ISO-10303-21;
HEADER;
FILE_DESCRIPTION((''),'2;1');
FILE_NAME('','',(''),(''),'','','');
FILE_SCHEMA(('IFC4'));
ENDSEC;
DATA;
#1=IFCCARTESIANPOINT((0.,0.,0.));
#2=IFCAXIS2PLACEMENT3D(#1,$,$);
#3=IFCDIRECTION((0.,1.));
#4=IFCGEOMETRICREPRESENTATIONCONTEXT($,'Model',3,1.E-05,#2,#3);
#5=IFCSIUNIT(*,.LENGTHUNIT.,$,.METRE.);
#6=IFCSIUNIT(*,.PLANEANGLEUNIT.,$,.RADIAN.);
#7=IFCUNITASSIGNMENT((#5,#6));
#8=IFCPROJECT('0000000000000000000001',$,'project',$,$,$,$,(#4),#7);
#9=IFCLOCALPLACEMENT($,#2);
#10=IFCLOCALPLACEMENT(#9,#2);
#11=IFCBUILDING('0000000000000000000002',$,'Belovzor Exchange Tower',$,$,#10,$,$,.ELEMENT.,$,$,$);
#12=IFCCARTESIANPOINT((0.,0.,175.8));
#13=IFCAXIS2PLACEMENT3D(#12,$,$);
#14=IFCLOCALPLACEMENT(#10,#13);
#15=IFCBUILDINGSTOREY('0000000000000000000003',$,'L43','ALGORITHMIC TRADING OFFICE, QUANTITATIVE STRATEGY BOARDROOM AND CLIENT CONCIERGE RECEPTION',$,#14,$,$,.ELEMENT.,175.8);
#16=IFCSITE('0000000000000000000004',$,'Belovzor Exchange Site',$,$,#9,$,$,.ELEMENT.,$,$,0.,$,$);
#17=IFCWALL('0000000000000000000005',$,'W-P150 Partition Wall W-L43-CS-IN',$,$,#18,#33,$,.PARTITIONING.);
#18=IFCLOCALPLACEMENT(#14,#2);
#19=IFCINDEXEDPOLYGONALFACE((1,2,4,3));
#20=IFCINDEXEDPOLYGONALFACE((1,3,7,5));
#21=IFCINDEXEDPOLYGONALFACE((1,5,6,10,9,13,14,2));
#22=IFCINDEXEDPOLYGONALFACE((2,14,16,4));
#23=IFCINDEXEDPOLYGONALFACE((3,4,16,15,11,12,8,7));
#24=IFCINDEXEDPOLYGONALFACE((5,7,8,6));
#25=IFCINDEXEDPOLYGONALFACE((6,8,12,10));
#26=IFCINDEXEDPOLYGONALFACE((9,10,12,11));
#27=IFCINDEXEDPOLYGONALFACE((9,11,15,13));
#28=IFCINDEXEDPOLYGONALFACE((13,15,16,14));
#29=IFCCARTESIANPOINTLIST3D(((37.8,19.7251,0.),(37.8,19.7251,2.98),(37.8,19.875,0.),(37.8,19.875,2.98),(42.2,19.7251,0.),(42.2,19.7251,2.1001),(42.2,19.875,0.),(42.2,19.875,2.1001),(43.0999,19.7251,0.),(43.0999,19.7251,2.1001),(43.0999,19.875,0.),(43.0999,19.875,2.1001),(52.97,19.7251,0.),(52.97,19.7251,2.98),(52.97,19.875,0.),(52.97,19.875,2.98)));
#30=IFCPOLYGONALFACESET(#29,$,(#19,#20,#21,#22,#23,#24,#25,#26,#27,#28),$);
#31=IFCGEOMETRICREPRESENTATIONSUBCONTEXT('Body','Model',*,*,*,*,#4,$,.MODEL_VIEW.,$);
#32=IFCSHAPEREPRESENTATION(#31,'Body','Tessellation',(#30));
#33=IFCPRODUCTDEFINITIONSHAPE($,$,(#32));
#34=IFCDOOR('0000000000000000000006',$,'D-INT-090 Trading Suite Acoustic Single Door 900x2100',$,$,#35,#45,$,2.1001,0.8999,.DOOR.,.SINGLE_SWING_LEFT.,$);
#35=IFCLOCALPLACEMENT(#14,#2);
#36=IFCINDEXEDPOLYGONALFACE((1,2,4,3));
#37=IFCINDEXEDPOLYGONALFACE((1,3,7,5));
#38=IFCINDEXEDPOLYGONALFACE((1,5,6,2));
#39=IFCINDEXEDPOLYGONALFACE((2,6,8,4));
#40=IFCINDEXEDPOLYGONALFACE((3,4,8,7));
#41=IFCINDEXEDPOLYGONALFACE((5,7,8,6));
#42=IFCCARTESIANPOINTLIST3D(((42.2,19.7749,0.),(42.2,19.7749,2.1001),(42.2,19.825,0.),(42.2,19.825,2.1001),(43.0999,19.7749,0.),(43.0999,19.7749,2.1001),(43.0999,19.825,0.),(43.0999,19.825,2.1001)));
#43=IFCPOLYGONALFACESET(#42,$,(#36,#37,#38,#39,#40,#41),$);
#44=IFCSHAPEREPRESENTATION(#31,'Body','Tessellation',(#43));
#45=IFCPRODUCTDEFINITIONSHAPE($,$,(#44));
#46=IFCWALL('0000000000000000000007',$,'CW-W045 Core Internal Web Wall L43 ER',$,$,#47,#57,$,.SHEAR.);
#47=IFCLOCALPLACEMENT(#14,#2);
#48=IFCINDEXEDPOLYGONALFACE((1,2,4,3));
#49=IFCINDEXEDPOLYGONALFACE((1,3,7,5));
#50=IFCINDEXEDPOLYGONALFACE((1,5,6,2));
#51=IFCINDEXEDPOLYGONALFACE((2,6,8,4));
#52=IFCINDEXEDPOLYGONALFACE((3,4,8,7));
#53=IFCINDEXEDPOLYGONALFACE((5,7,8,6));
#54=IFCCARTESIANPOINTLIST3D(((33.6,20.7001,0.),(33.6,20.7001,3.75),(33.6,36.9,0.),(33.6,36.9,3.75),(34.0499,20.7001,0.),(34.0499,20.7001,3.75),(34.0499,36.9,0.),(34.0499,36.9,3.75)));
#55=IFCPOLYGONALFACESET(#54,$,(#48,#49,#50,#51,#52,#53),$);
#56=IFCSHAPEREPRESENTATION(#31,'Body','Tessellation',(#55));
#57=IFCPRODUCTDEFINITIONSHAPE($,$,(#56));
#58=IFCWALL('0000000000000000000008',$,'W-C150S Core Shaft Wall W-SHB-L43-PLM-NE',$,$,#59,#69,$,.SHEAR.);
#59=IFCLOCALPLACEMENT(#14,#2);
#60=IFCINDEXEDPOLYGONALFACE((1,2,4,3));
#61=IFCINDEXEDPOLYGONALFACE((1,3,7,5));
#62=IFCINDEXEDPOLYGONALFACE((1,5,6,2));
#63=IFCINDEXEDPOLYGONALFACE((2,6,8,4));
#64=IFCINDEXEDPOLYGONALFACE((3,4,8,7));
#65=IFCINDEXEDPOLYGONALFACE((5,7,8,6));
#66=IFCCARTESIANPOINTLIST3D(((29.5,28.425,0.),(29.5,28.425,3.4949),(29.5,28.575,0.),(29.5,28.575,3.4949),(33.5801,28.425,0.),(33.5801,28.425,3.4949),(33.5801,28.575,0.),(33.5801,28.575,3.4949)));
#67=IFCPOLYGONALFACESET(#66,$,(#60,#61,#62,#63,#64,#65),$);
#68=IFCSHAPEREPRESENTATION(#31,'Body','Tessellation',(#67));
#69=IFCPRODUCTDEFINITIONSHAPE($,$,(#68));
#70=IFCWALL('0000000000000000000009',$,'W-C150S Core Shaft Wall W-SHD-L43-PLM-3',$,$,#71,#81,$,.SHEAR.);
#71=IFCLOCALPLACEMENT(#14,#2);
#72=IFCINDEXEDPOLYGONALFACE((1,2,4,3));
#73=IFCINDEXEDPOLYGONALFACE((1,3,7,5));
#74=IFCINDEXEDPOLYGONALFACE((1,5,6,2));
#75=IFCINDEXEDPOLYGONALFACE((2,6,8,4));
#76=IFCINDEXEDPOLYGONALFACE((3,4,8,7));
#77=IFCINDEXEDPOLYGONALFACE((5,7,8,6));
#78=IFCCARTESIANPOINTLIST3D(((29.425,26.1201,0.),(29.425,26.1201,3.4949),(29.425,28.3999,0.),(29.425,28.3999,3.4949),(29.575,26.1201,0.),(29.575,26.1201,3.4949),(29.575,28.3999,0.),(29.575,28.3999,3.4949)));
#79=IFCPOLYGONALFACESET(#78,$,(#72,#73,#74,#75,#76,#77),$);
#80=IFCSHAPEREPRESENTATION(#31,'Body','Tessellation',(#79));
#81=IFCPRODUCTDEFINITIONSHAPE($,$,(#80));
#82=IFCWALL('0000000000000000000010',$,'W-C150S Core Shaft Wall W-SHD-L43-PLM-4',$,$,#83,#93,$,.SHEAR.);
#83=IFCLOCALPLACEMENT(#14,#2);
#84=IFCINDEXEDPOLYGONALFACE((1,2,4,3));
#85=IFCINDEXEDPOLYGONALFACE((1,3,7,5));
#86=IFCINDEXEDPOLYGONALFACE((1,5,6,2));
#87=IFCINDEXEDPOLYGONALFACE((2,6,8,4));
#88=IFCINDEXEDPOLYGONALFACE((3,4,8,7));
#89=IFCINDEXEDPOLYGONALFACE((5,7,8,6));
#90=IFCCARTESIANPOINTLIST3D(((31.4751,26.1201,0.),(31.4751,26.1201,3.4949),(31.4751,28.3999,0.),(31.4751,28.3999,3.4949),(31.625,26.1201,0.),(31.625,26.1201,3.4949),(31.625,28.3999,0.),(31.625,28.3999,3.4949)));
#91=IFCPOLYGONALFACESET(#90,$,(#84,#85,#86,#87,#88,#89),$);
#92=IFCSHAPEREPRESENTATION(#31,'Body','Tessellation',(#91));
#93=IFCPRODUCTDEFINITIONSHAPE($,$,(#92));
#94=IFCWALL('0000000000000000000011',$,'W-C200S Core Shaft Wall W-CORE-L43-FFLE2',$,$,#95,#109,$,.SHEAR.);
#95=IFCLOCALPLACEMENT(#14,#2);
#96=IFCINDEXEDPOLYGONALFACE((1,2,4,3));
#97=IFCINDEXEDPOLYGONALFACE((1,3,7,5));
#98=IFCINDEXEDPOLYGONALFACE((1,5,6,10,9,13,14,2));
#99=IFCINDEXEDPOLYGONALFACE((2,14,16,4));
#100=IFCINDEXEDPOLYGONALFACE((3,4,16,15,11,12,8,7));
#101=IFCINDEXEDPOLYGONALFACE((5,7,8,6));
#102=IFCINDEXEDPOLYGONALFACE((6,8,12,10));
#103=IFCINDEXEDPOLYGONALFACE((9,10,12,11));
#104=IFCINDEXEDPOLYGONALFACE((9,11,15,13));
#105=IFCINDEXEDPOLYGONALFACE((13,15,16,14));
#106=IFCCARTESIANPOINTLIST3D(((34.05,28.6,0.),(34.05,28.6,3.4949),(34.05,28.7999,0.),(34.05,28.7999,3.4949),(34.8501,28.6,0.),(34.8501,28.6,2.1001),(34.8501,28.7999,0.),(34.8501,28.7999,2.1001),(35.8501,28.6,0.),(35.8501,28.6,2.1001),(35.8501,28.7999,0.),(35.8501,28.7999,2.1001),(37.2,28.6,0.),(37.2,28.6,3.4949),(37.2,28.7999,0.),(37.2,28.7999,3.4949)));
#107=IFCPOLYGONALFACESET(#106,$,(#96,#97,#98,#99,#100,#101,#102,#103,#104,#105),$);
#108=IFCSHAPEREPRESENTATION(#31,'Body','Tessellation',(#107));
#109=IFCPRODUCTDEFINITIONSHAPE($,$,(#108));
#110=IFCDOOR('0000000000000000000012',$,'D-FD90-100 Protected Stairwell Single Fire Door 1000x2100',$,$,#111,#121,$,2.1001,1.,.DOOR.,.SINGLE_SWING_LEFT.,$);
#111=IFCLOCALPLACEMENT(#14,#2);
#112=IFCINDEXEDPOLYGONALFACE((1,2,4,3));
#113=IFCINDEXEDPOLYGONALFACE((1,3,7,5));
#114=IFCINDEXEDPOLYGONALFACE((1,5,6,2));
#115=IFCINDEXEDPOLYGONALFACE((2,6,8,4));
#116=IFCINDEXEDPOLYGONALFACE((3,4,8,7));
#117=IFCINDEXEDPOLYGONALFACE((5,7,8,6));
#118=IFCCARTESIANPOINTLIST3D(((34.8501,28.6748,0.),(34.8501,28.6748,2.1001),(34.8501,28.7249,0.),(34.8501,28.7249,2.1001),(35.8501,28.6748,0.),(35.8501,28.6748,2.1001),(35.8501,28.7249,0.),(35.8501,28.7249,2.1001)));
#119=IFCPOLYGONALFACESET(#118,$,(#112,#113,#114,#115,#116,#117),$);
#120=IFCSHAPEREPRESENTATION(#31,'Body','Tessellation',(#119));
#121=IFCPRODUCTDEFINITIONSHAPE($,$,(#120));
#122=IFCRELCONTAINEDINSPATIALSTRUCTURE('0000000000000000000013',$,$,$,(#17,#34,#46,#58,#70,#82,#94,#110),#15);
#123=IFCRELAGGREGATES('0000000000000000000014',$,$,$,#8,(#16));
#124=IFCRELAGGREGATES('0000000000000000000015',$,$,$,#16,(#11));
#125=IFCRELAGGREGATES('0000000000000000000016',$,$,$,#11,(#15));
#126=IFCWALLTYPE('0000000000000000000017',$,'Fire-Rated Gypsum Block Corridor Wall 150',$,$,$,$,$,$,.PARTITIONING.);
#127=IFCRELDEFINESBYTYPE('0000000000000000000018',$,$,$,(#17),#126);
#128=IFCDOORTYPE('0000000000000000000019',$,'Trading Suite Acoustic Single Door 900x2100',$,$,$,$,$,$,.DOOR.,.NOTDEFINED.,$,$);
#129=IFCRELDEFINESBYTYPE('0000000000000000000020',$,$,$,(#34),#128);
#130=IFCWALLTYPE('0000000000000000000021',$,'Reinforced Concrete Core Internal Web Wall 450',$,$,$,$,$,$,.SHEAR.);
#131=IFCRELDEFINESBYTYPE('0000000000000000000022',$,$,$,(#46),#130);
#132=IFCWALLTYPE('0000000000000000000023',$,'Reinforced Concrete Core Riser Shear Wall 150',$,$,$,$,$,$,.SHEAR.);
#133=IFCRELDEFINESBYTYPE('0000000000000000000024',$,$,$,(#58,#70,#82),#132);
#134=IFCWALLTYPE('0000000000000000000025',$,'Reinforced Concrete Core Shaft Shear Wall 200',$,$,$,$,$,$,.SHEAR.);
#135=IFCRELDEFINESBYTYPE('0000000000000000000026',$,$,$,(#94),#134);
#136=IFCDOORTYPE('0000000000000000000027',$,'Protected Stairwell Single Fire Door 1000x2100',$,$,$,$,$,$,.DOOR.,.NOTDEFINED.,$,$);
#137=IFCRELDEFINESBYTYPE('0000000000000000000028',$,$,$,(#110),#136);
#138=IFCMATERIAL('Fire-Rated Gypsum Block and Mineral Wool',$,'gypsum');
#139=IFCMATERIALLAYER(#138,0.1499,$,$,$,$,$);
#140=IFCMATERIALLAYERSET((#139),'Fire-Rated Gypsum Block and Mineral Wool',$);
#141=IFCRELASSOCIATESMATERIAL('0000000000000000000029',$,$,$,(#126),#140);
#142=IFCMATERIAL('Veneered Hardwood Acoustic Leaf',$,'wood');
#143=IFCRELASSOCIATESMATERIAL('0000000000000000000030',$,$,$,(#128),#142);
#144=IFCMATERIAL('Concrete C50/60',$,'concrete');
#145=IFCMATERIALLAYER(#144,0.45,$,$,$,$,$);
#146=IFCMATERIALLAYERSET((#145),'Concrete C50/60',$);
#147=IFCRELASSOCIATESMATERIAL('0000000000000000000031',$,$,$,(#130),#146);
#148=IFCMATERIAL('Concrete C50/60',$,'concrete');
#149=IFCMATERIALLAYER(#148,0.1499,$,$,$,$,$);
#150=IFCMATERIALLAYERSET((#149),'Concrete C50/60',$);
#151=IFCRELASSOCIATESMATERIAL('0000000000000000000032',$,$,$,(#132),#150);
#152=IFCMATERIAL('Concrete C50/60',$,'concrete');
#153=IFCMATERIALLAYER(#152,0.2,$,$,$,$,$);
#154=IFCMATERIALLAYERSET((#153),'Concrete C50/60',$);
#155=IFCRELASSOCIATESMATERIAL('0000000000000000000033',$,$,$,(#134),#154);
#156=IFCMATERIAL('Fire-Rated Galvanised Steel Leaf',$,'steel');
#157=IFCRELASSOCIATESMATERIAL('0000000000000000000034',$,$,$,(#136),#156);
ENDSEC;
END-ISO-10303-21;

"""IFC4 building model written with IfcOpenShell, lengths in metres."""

from ifc_helpers import new_model, si_unit, direction, frame, frame_2d, origin, place, context, subcontext, project, spatial, rectangle, extrude, material, layer, layer_set, type_object, element, fill, save


model = new_model("IFC4")

# Units and contexts
model_context = context("Model", 3, precision=1e-05, world=origin(), true_north=direction((0.0, 1.0)))
body_context = subcontext(model_context, "Body", "Model", "MODEL_VIEW")
ifc_project = project(units=[si_unit("LENGTHUNIT", "METRE"), si_unit("PLANEANGLEUNIT", "RADIAN")], contexts=[model_context])

# Site, building, storey
site_placement = place(None, origin())
site = spatial("IfcSite", under=ifc_project, at=site_placement, Name="Belovzor Exchange Site", CompositionType="ELEMENT", RefElevation=0.0)
building_placement = place(site_placement, origin())
building = spatial("IfcBuilding", under=site, at=building_placement, Name="Belovzor Exchange Tower", CompositionType="ELEMENT")
storey_placement = place(building_placement, frame((0.0, 0.0, 175.8)))
storey = spatial("IfcBuildingStorey", under=building, at=storey_placement, Name="L43", Description="ALGORITHMIC TRADING OFFICE, QUANTITATIVE STRATEGY BOARDROOM AND CLIENT CONCIERGE RECEPTION", CompositionType="ELEMENT", Elevation=175.8)

# Shared definitions
ifc_material_1 = material(Name="Fire-Rated Gypsum Block and Mineral Wool", Category="gypsum")
ifc_layer_1 = layer(ifc_material_1, 0.1499)
ifc_layer_set_1 = layer_set([ifc_layer_1], Name="Fire-Rated Gypsum Block and Mineral Wool")
wall_type_1 = type_object("IfcWallType", Name="Fire-Rated Gypsum Block Corridor Wall 150", PredefinedType="PARTITIONING", material=ifc_layer_set_1)

# Wall, opening, door
wall_1_placement = place(storey_placement, frame((37.8, 19.8, 0.0), z_axis=(0.0, 0.0, 1.0), x_axis=(1.0, 0.0, 0.0)))
wall_1 = element("IfcWall", 1, at=wall_1_placement, inside=storey, type_object=wall_type_1, Name="W-P150 Partition Wall W-L43-CS-IN", PredefinedType="PARTITIONING", context=body_context, shape_type="SweptSolid", body=[
    extrude(rectangle(XDim=15.1699, YDim=0.1499, at=frame_2d((7.585, 0.0))), origin(), (0.0, 0.0, 1.0), 2.98),
])
opening_1_placement = place(wall_1_placement, frame((4.3999, 0.0, 0.0)))
opening_1 = element("IfcOpeningElement", 2, at=opening_1_placement, cuts=wall_1, PredefinedType="OPENING", context=body_context, shape_type="SweptSolid", body=[
    extrude(rectangle(XDim=0.8999, YDim=2.1001, at=frame_2d((0.45, 1.05))), frame((0.0, 0.085, 0.0), z_axis=(0.0, -1.0, 0.0), x_axis=(1.0, 0.0, 0.0)), (0.0, 0.0, 1.0), 0.1699),
])
ifc_material_2 = material(Name="Veneered Hardwood Acoustic Leaf", Category="wood")
door_type_1 = type_object("IfcDoorType", Name="Trading Suite Acoustic Single Door 900x2100", OperationType="NOTDEFINED", PredefinedType="DOOR", material=ifc_material_2)
door_1_placement = place(opening_1_placement, origin())
door_1 = element("IfcDoor", 3, at=door_1_placement, inside=storey, type_object=door_type_1, Name="D-INT-090 Trading Suite Acoustic Single Door 900x2100", OperationType="SINGLE_SWING_LEFT", OverallHeight=2.1001, OverallWidth=0.8999, PredefinedType="DOOR", context=body_context, shape_type="SweptSolid", body=[
    extrude(rectangle(XDim=0.8999, YDim=2.1001, at=frame_2d((0.45, 1.05))), frame((0.0, 0.0249, 0.0), z_axis=(0.0, -1.0, 0.0), x_axis=(1.0, 0.0, 0.0)), (0.0, 0.0, 1.0), 0.05),
])
fill(opening_1, door_1)

# Walls
ifc_material_3 = material(Name="Concrete C50/60", Category="concrete")
ifc_layer_2 = layer(ifc_material_3, 0.45)
ifc_layer_set_2 = layer_set([ifc_layer_2], Name="Concrete C50/60")
wall_type_2 = type_object("IfcWallType", Name="Reinforced Concrete Core Internal Web Wall 450", PredefinedType="SHEAR", material=ifc_layer_set_2)
wall_2_placement = place(storey_placement, frame((33.825, 20.7, 0.0), z_axis=(0.0, 0.0, 1.0), x_axis=(0.0, 1.0, 0.0)))
element("IfcWall", 4, at=wall_2_placement, inside=storey, type_object=wall_type_2, Name="CW-W045 Core Internal Web Wall L43 ER", PredefinedType="SHEAR", context=body_context, shape_type="SweptSolid", body=[
    extrude(rectangle(XDim=16.2, YDim=0.45, at=frame_2d((8.1001, 0.0))), origin(), (0.0, 0.0, 1.0), 3.75),
])
ifc_material_4 = material(Name="Concrete C50/60", Category="concrete")
ifc_layer_3 = layer(ifc_material_4, 0.1499)
ifc_layer_set_3 = layer_set([ifc_layer_3], Name="Concrete C50/60")
wall_type_3 = type_object("IfcWallType", Name="Reinforced Concrete Core Riser Shear Wall 150", PredefinedType="SHEAR", material=ifc_layer_set_3)
wall_3_placement = place(storey_placement, frame((29.5, 28.5, 0.0), z_axis=(0.0, 0.0, 1.0), x_axis=(1.0, 0.0, 0.0)))
element("IfcWall", 5, at=wall_3_placement, inside=storey, type_object=wall_type_3, Name="W-C150S Core Shaft Wall W-SHB-L43-PLM-NE", PredefinedType="SHEAR", context=body_context, shape_type="SweptSolid", body=[
    extrude(rectangle(XDim=4.0801, YDim=0.1499, at=frame_2d((2.04, 0.0))), origin(), (0.0, 0.0, 1.0), 3.4949),
])
for number, where, z_axis, x_axis, name in (
    (6, (29.5, 26.1201, 0.0), (0.0, 0.0, 1.0), (0.0, 1.0, 0.0), "W-C150S Core Shaft Wall W-SHD-L43-PLM-3"),
    (7, (31.55, 26.1201, 0.0), (0.0, 0.0, 1.0), (0.0, 1.0, 0.0), "W-C150S Core Shaft Wall W-SHD-L43-PLM-4"),
):
    element("IfcWall", number, at=place(storey_placement, frame(where, z_axis=z_axis, x_axis=x_axis)), inside=storey, type_object=wall_type_3, Name=name, PredefinedType="SHEAR", context=body_context, shape_type="SweptSolid", body=[
        extrude(rectangle(XDim=2.2798, YDim=0.1499, at=frame_2d((1.1399, 0.0))), origin(), (0.0, 0.0, 1.0), 3.4949),
    ])

# Wall, opening, door
ifc_material_5 = material(Name="Concrete C50/60", Category="concrete")
ifc_layer_4 = layer(ifc_material_5, 0.2)
ifc_layer_set_4 = layer_set([ifc_layer_4], Name="Concrete C50/60")
wall_type_4 = type_object("IfcWallType", Name="Reinforced Concrete Core Shaft Shear Wall 200", PredefinedType="SHEAR", material=ifc_layer_set_4)
wall_4_placement = place(storey_placement, frame((34.05, 28.7, 0.0), z_axis=(0.0, 0.0, 1.0), x_axis=(1.0, 0.0, 0.0)))
wall_4 = element("IfcWall", 8, at=wall_4_placement, inside=storey, type_object=wall_type_4, Name="W-C200S Core Shaft Wall W-CORE-L43-FFLE2", PredefinedType="SHEAR", context=body_context, shape_type="SweptSolid", body=[
    extrude(rectangle(XDim=3.1499, YDim=0.2, at=frame_2d((1.575, 0.0))), origin(), (0.0, 0.0, 1.0), 3.4949),
])
opening_2_placement = place(wall_4_placement, frame((0.8, 0.0, 0.0)))
opening_2 = element("IfcOpeningElement", 9, at=opening_2_placement, cuts=wall_4, PredefinedType="OPENING", context=body_context, shape_type="SweptSolid", body=[
    extrude(rectangle(XDim=1.0, YDim=2.1001, at=frame_2d((0.5, 1.05))), frame((0.0, 0.1099, 0.0), z_axis=(0.0, -1.0, 0.0), x_axis=(1.0, 0.0, 0.0)), (0.0, 0.0, 1.0), 0.22),
])
ifc_material_6 = material(Name="Fire-Rated Galvanised Steel Leaf", Category="steel")
door_type_2 = type_object("IfcDoorType", Name="Protected Stairwell Single Fire Door 1000x2100", OperationType="NOTDEFINED", PredefinedType="DOOR", material=ifc_material_6)
door_2_placement = place(opening_2_placement, origin())
door_2 = element("IfcDoor", 10, at=door_2_placement, inside=storey, type_object=door_type_2, Name="D-FD90-100 Protected Stairwell Single Fire Door 1000x2100", OperationType="SINGLE_SWING_LEFT", OverallHeight=2.1001, OverallWidth=1.0, PredefinedType="DOOR", context=body_context, shape_type="SweptSolid", body=[
    extrude(rectangle(XDim=1.0, YDim=2.1001, at=frame_2d((0.5, 1.05))), frame((0.0, 0.0249, 0.0), z_axis=(0.0, -1.0, 0.0), x_axis=(1.0, 0.0, 0.0)), (0.0, 0.0, 1.0), 0.05),
])
fill(opening_2, door_2)

save(model, "model.ifc")
